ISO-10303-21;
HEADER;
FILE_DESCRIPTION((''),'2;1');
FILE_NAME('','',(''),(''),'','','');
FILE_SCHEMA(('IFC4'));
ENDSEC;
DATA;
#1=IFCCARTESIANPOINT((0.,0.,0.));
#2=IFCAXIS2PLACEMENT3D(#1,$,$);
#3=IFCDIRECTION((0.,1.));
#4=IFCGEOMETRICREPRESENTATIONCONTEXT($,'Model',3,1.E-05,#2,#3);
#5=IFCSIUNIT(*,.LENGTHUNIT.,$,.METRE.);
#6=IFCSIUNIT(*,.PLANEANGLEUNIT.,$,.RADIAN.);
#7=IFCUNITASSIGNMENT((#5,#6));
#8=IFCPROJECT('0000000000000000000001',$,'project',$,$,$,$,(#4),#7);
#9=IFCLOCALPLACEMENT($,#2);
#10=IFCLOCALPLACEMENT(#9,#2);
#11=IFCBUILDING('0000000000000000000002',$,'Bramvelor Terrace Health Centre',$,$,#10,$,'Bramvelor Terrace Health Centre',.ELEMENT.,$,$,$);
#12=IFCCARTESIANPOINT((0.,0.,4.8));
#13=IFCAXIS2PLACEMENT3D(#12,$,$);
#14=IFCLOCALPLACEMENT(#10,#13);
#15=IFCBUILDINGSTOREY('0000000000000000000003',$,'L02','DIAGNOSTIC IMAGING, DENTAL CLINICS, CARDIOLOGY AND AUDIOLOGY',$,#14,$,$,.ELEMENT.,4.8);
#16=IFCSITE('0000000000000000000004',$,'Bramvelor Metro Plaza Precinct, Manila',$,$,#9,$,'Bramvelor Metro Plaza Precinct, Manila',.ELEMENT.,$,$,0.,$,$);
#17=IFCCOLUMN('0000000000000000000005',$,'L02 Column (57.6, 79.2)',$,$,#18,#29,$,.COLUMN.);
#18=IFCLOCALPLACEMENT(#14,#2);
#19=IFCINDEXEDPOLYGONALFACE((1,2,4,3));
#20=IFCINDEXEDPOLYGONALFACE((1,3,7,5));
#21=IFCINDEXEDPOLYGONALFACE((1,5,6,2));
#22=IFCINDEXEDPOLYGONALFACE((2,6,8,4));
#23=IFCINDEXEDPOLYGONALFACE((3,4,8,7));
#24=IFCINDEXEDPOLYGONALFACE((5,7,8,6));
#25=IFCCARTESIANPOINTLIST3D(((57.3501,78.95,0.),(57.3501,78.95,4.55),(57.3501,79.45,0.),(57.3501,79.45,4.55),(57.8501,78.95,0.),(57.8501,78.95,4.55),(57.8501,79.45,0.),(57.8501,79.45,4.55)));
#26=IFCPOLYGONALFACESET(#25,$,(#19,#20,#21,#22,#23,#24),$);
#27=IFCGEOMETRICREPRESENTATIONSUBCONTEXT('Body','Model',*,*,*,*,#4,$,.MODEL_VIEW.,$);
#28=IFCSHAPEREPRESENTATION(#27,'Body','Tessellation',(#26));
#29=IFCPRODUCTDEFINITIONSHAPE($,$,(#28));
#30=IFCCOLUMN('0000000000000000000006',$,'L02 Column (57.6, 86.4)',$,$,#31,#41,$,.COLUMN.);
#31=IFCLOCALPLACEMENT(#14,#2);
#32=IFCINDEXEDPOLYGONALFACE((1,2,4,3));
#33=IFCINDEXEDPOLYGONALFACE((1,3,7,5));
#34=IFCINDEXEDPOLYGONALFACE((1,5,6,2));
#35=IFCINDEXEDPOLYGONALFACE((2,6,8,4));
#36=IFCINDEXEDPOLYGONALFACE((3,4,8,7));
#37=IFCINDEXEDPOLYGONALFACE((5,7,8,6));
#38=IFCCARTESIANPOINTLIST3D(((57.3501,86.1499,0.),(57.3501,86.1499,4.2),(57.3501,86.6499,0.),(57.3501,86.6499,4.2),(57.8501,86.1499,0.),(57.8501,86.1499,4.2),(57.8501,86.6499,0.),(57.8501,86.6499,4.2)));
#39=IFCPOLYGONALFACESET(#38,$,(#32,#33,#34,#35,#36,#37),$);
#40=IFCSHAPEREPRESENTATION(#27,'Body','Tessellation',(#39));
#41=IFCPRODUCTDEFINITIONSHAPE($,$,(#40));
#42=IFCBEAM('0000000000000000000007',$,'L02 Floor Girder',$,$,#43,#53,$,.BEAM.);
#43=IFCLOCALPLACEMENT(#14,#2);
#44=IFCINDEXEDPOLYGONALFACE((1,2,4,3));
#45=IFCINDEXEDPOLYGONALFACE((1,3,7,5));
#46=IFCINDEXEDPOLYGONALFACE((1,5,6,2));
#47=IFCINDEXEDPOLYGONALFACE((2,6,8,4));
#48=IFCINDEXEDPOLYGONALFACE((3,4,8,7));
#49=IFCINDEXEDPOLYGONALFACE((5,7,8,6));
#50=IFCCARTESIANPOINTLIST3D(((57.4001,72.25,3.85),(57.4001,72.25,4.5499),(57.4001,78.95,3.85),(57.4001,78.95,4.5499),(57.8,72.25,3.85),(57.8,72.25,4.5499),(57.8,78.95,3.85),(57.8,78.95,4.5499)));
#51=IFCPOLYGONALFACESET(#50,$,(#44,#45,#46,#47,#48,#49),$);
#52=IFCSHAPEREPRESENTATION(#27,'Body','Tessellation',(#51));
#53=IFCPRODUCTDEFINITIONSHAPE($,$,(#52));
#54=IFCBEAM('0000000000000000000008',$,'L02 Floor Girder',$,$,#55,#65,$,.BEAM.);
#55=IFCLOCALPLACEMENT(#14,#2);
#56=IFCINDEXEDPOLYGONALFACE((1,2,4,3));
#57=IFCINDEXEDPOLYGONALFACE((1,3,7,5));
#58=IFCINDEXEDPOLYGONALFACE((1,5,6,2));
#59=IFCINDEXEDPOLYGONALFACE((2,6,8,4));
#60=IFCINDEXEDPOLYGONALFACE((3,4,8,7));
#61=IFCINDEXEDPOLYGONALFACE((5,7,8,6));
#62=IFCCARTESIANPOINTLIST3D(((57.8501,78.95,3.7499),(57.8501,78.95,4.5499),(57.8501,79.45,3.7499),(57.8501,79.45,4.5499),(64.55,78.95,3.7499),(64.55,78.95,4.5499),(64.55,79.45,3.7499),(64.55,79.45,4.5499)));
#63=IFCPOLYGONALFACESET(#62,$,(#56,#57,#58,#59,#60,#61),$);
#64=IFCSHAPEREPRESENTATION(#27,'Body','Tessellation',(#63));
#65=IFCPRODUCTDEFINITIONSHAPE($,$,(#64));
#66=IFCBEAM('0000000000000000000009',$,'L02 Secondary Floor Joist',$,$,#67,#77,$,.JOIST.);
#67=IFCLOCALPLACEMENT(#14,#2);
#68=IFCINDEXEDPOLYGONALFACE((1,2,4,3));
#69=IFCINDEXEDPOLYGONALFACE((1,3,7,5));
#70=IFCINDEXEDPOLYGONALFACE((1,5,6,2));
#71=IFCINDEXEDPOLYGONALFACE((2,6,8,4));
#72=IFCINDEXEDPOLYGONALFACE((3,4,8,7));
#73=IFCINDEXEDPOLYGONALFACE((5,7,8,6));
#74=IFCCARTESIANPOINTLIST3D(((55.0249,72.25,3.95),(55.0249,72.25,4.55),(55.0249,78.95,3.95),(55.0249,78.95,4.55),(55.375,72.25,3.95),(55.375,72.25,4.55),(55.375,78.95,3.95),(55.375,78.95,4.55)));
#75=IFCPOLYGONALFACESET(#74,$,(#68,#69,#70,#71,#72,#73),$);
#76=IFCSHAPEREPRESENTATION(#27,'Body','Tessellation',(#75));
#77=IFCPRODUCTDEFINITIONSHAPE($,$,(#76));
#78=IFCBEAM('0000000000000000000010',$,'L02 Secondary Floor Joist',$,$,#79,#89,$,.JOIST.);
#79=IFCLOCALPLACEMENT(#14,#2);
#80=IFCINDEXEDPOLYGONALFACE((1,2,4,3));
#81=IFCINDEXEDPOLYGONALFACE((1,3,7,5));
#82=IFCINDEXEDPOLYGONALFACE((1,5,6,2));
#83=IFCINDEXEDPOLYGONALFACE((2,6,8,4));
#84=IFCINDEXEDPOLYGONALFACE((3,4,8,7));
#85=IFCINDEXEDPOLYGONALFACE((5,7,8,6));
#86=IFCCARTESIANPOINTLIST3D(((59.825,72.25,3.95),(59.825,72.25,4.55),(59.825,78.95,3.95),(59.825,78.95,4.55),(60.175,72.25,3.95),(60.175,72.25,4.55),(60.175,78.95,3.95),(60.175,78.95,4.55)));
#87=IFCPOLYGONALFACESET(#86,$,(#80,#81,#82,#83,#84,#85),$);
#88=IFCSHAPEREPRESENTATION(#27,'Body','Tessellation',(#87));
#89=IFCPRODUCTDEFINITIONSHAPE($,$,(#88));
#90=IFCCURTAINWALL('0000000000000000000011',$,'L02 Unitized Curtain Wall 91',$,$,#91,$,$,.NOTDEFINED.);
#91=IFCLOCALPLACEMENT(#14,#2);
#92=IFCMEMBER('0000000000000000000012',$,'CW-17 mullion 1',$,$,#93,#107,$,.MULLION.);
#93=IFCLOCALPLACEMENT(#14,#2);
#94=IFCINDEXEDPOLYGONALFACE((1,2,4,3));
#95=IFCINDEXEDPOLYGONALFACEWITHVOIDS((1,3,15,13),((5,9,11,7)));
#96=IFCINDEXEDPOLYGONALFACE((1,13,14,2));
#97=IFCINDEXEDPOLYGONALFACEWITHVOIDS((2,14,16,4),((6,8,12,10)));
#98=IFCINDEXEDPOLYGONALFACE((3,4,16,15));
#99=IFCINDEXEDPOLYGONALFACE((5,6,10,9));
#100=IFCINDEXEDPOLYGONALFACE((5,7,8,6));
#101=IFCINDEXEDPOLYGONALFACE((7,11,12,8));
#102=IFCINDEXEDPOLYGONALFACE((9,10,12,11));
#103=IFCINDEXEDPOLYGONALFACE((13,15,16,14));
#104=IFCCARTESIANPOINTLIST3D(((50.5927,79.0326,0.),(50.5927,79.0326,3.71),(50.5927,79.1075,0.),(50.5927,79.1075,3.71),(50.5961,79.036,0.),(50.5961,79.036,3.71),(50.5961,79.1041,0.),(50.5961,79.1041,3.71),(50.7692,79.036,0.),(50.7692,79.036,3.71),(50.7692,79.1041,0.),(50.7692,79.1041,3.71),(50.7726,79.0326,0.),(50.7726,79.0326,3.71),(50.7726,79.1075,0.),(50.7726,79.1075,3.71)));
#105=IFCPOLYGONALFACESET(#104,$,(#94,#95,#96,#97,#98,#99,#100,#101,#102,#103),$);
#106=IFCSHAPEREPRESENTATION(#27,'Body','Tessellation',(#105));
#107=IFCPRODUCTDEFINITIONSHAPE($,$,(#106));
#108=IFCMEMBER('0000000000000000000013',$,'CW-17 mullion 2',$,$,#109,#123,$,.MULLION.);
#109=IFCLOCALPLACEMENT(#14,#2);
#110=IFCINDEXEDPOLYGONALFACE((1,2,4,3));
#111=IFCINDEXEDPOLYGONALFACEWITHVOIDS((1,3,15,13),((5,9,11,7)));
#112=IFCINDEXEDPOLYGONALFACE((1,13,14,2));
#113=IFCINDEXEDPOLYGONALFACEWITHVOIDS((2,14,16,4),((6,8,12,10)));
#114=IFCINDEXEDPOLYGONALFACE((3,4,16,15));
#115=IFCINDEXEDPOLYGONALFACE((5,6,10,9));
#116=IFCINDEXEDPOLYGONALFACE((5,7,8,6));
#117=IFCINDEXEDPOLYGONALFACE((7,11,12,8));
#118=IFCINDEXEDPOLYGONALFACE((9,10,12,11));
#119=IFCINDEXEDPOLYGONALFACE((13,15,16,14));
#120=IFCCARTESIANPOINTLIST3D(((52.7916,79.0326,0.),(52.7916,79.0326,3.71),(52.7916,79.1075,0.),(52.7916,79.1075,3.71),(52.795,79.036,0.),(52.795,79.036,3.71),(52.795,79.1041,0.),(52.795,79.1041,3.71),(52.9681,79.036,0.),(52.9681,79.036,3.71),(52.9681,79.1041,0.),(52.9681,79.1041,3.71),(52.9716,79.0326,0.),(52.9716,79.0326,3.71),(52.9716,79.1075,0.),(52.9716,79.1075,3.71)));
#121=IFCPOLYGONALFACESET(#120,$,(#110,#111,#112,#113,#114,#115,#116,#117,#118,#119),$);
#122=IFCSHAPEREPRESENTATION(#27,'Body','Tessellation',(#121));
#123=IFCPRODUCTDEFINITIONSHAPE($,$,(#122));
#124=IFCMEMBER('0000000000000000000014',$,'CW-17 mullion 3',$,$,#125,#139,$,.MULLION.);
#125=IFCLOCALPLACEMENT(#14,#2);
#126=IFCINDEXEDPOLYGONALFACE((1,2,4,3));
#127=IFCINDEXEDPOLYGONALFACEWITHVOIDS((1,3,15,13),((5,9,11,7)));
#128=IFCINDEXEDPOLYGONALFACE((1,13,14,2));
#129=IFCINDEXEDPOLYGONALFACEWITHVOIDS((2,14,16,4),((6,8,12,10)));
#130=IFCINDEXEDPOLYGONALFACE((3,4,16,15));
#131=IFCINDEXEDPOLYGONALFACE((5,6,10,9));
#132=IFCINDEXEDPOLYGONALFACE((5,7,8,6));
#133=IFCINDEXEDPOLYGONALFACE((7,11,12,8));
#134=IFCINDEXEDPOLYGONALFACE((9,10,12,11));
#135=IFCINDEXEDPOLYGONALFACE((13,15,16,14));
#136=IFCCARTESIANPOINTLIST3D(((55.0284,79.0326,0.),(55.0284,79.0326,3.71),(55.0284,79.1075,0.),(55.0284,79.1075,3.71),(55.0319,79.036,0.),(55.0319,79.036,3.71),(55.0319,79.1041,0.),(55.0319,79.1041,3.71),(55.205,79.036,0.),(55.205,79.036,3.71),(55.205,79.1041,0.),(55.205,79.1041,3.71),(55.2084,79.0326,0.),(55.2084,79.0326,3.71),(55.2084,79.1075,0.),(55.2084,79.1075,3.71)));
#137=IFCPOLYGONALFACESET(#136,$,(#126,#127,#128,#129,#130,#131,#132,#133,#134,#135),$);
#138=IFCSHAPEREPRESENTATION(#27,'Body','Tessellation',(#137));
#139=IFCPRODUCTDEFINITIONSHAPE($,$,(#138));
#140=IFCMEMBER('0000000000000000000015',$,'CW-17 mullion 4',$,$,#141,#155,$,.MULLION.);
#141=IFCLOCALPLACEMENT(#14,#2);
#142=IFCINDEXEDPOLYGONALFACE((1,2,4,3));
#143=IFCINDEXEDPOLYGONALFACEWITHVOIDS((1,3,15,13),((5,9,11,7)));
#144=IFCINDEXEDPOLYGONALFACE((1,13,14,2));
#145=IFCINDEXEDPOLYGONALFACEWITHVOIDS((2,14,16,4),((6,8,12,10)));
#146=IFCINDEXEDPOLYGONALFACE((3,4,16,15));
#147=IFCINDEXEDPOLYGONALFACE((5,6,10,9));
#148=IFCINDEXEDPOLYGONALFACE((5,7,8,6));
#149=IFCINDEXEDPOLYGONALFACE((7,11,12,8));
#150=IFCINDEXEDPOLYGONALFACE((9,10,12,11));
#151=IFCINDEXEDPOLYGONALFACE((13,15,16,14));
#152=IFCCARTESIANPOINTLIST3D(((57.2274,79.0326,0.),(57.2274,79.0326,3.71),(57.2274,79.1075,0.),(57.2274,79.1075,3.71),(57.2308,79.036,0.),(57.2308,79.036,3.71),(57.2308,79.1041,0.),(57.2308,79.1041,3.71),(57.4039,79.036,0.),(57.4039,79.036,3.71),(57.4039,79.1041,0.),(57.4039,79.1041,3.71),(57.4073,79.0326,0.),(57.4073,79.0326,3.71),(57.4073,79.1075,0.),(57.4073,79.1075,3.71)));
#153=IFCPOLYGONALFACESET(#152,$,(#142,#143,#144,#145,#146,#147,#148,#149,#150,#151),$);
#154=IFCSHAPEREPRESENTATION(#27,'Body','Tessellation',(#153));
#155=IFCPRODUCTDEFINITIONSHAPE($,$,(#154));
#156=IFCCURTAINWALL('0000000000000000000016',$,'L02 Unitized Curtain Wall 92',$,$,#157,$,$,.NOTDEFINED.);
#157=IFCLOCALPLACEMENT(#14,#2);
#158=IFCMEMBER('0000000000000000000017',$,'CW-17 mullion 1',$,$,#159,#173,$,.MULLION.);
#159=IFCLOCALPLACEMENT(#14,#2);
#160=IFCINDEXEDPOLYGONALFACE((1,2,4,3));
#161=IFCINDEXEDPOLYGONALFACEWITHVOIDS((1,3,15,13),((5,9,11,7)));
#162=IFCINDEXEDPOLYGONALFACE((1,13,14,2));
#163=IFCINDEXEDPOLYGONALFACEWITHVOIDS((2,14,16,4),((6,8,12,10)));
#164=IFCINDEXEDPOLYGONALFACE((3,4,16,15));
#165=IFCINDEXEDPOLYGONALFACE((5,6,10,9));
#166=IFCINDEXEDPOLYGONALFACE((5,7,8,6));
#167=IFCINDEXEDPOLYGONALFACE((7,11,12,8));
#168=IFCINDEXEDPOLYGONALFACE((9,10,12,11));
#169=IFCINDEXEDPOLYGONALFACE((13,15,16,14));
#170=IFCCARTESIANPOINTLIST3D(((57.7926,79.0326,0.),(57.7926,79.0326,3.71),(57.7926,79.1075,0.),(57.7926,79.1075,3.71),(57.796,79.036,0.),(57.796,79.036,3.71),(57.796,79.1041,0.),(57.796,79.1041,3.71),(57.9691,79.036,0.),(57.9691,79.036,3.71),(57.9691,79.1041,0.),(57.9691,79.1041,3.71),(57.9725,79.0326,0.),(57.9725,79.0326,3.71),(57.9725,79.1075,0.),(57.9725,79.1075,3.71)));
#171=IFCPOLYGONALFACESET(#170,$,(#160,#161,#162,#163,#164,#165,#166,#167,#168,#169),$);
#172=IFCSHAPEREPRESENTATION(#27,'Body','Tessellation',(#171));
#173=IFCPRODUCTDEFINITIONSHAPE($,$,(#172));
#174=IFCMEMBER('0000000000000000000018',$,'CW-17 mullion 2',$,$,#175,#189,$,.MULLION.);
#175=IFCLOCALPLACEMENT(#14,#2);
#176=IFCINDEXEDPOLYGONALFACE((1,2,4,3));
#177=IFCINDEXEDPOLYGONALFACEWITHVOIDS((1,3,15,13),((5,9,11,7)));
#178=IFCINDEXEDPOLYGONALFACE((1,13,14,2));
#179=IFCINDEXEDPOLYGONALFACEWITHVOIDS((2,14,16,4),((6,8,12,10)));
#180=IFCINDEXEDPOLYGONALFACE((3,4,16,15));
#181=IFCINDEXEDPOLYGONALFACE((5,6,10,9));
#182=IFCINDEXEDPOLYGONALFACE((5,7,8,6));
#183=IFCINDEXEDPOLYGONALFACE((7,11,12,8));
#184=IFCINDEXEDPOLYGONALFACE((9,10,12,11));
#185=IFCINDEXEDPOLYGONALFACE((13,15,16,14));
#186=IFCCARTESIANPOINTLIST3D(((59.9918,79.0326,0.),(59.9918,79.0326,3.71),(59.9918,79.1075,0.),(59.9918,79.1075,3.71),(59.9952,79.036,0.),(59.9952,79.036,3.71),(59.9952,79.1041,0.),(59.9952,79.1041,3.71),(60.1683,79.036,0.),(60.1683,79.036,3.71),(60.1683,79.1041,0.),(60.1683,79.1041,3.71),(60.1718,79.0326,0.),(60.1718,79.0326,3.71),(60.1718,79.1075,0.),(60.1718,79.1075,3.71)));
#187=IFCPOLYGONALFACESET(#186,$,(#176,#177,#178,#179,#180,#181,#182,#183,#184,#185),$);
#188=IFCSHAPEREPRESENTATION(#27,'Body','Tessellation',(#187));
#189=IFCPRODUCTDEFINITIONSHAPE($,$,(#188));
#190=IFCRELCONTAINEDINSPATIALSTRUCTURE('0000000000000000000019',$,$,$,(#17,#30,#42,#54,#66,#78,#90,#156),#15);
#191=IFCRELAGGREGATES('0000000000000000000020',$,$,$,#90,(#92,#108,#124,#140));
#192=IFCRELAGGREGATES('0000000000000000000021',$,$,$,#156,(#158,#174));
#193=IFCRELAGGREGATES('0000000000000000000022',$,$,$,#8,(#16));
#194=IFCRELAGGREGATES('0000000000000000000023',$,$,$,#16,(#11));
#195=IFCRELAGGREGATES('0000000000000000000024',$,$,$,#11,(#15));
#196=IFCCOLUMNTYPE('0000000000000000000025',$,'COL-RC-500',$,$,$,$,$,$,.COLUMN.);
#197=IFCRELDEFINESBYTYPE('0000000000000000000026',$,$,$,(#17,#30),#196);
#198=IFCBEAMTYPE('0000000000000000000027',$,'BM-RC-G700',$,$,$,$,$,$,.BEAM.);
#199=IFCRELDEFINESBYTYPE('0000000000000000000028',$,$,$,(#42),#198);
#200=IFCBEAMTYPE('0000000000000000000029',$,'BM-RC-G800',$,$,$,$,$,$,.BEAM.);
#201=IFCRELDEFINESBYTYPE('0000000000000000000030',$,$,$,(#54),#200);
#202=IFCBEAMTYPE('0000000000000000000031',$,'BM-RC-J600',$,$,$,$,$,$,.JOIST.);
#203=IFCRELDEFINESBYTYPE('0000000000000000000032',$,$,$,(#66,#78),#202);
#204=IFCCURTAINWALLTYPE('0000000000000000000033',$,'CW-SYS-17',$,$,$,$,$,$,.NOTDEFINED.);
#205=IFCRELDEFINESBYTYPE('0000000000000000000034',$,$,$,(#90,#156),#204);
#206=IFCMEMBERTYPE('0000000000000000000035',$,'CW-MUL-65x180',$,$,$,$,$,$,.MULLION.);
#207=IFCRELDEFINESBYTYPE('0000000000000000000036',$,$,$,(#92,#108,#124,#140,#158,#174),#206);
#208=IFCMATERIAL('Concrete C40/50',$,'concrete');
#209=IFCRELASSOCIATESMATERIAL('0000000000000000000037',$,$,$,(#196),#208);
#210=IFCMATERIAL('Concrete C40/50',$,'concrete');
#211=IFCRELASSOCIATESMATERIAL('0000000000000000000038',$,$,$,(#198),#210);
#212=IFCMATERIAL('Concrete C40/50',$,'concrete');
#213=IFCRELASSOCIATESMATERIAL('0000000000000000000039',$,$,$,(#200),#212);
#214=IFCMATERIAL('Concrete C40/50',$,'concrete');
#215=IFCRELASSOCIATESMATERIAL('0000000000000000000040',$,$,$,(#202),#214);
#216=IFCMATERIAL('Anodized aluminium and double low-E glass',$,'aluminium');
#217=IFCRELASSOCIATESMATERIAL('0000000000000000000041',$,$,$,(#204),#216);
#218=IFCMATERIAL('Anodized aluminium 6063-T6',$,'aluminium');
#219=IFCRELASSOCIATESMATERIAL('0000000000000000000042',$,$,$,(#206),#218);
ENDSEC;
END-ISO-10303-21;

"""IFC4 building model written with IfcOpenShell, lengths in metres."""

from ifc_helpers import new_model, si_unit, direction, frame, origin, origin_2d, place, context, subcontext, project, spatial, rectangle, hollow_rectangle, extrude, material, material_profile, profile_set, type_object, element, aggregate, save


model = new_model("IFC4")

# Units and contexts
model_context = context("Model", 3, precision=1e-05, world=origin(), true_north=direction((0.0, 1.0)))
body_context = subcontext(model_context, "Body", "Model", "MODEL_VIEW")
ifc_project = project(units=[si_unit("LENGTHUNIT", "METRE"), si_unit("PLANEANGLEUNIT", "RADIAN")], contexts=[model_context])

# Site, building, storey
site_placement = place(None, origin())
site = spatial("IfcSite", under=ifc_project, at=site_placement, Name="Bramvelor Metro Plaza Precinct, Manila", LongName="Bramvelor Metro Plaza Precinct, Manila", CompositionType="ELEMENT", RefElevation=0.0)
building_placement = place(site_placement, origin())
building = spatial("IfcBuilding", under=site, at=building_placement, Name="Bramvelor Terrace Health Centre", LongName="Bramvelor Terrace Health Centre", CompositionType="ELEMENT")
storey_placement = place(building_placement, frame((0.0, 0.0, 4.8)))
storey = spatial("IfcBuildingStorey", under=building, at=storey_placement, Name="L02", Description="DIAGNOSTIC IMAGING, DENTAL CLINICS, CARDIOLOGY AND AUDIOLOGY", CompositionType="ELEMENT", Elevation=4.8)

# Columns
ifc_material_1 = material(Name="Concrete C40/50", Category="concrete")
ifc_material_profile_1 = material_profile(ifc_material_1, rectangle(XDim=0.5, YDim=0.5, at=origin_2d()), Name="RC 500x500")
ifc_profile_set_1 = profile_set([ifc_material_profile_1], Name="Concrete C40/50")
column_type = type_object("IfcColumnType", Name="COL-RC-500", PredefinedType="COLUMN", material=ifc_profile_set_1)
column_1_placement = place(storey_placement, frame((57.6001, 79.2, 0.0), z_axis=(0.0, 0.0, 1.0), x_axis=(1.0, 0.0, 0.0)))
element("IfcColumn", 1, at=column_1_placement, inside=storey, type_object=column_type, Name="L02 Column (57.6, 79.2)", PredefinedType="COLUMN", context=body_context, shape_type="SweptSolid", body=[
    extrude(rectangle(XDim=0.5, YDim=0.5, at=origin_2d()), origin(), (0.0, 0.0, 1.0), 4.55),
])
column_2_placement = place(storey_placement, frame((57.6001, 86.3999, 0.0), z_axis=(0.0, 0.0, 1.0), x_axis=(1.0, 0.0, 0.0)))
element("IfcColumn", 2, at=column_2_placement, inside=storey, type_object=column_type, Name="L02 Column (57.6, 86.4)", PredefinedType="COLUMN", context=body_context, shape_type="SweptSolid", body=[
    extrude(rectangle(XDim=0.5, YDim=0.5, at=origin_2d()), origin(), (0.0, 0.0, 1.0), 4.2),
])

# Beams
ifc_material_2 = material(Name="Concrete C40/50", Category="concrete")
ifc_material_profile_2 = material_profile(ifc_material_2, rectangle(XDim=0.3999, YDim=0.7, at=origin_2d()), Name="RC 400x700")
ifc_profile_set_2 = profile_set([ifc_material_profile_2], Name="Concrete C40/50")
beam_type_1 = type_object("IfcBeamType", Name="BM-RC-G700", PredefinedType="BEAM", material=ifc_profile_set_2)
beam_1_placement = place(storey_placement, frame((57.6001, 72.25, 4.2), z_axis=(0.0, 1.0, 0.0), x_axis=(-1.0, 0.0, 0.0)))
element("IfcBeam", 3, at=beam_1_placement, inside=storey, type_object=beam_type_1, Name="L02 Floor Girder", PredefinedType="BEAM", context=body_context, shape_type="SweptSolid", body=[
    extrude(rectangle(XDim=0.3999, YDim=0.7, at=origin_2d()), origin(), (0.0, 0.0, 1.0), 6.7),
])
ifc_material_3 = material(Name="Concrete C40/50", Category="concrete")
ifc_material_profile_3 = material_profile(ifc_material_3, rectangle(XDim=0.5, YDim=0.8, at=origin_2d()), Name="RC 500x800")
ifc_profile_set_3 = profile_set([ifc_material_profile_3], Name="Concrete C40/50")
beam_type_2 = type_object("IfcBeamType", Name="BM-RC-G800", PredefinedType="BEAM", material=ifc_profile_set_3)
beam_2_placement = place(storey_placement, frame((57.8501, 79.2, 4.1499), z_axis=(1.0, 0.0, 0.0), x_axis=(0.0, 1.0, 0.0)))
element("IfcBeam", 4, at=beam_2_placement, inside=storey, type_object=beam_type_2, Name="L02 Floor Girder", PredefinedType="BEAM", context=body_context, shape_type="SweptSolid", body=[
    extrude(rectangle(XDim=0.5, YDim=0.8, at=origin_2d()), origin(), (0.0, 0.0, 1.0), 6.7),
])
ifc_material_4 = material(Name="Concrete C40/50", Category="concrete")
ifc_material_profile_4 = material_profile(ifc_material_4, rectangle(XDim=0.3501, YDim=0.6001, at=origin_2d()), Name="RC 350x600")
ifc_profile_set_4 = profile_set([ifc_material_profile_4], Name="Concrete C40/50")
beam_type_3 = type_object("IfcBeamType", Name="BM-RC-J600", PredefinedType="JOIST", material=ifc_profile_set_4)
for number, where, z_axis, x_axis, name in (
    (5, (55.2, 72.25, 4.25), (0.0, 1.0, 0.0), (-1.0, 0.0, 0.0), "L02 Secondary Floor Joist"),
    (6, (60.0, 72.25, 4.25), (0.0, 1.0, 0.0), (-1.0, 0.0, 0.0), "L02 Secondary Floor Joist"),
):
    element("IfcBeam", number, at=place(storey_placement, frame(where, z_axis=z_axis, x_axis=x_axis)), inside=storey, type_object=beam_type_3, Name=name, PredefinedType="JOIST", context=body_context, shape_type="SweptSolid", body=[
        extrude(rectangle(XDim=0.3501, YDim=0.6001, at=origin_2d()), origin(), (0.0, 0.0, 1.0), 6.7),
    ])

# Curtain walls, members
ifc_material_5 = material(Name="Anodized aluminium and double low-E glass", Category="aluminium")
curtain_wall_type = type_object("IfcCurtainWallType", Name="CW-SYS-17", PredefinedType="NOTDEFINED", material=ifc_material_5)
curtain_wall_1_placement = place(storey_placement, origin())
curtain_wall_1 = element("IfcCurtainWall", 7, at=curtain_wall_1_placement, inside=storey, type_object=curtain_wall_type, Name="L02 Unitized Curtain Wall 91", PredefinedType="NOTDEFINED")
ifc_material_6 = material(Name="Anodized aluminium 6063-T6", Category="aluminium")
ifc_material_profile_5 = material_profile(ifc_material_6, hollow_rectangle(XDim=0.075, YDim=0.1799, WallThickness=0.0034, at=origin_2d()), Name="ALU-MUL 75x180x3.5")
ifc_profile_set_5 = profile_set([ifc_material_profile_5], Name="Anodized aluminium 6063-T6")
member_type_1 = type_object("IfcMemberType", Name="CW-MUL-65x180", PredefinedType="MULLION", material=ifc_profile_set_5)
member_1_placement = place(storey_placement, frame((50.6826, 79.0701, 0.0), z_axis=(0.0, 0.0, 1.0), x_axis=(0.0, 1.0, 0.0)))
member_1 = element("IfcMember", 8, at=member_1_placement, type_object=member_type_1, Name="CW-17 mullion 1", PredefinedType="MULLION", context=body_context, shape_type="SweptSolid", body=[
    extrude(hollow_rectangle(XDim=0.075, YDim=0.1799, WallThickness=0.0034, at=origin_2d()), origin(), (0.0, 0.0, 1.0), 3.71),
])
member_2_placement = place(storey_placement, frame((52.8816, 79.0701, 0.0), z_axis=(0.0, 0.0, 1.0), x_axis=(0.0, 1.0, 0.0)))
member_2 = element("IfcMember", 9, at=member_2_placement, type_object=member_type_1, Name="CW-17 mullion 2", PredefinedType="MULLION", context=body_context, shape_type="SweptSolid", body=[
    extrude(hollow_rectangle(XDim=0.075, YDim=0.1799, WallThickness=0.0034, at=origin_2d()), origin(), (0.0, 0.0, 1.0), 3.71),
])
member_3_placement = place(storey_placement, frame((55.1184, 79.0701, 0.0), z_axis=(0.0, 0.0, 1.0), x_axis=(0.0, 1.0, 0.0)))
member_3 = element("IfcMember", 10, at=member_3_placement, type_object=member_type_1, Name="CW-17 mullion 3", PredefinedType="MULLION", context=body_context, shape_type="SweptSolid", body=[
    extrude(hollow_rectangle(XDim=0.075, YDim=0.1799, WallThickness=0.0034, at=origin_2d()), origin(), (0.0, 0.0, 1.0), 3.71),
])
member_4_placement = place(storey_placement, frame((57.3174, 79.0701, 0.0), z_axis=(0.0, 0.0, 1.0), x_axis=(0.0, 1.0, 0.0)))
member_4 = element("IfcMember", 11, at=member_4_placement, type_object=member_type_1, Name="CW-17 mullion 4", PredefinedType="MULLION", context=body_context, shape_type="SweptSolid", body=[
    extrude(hollow_rectangle(XDim=0.075, YDim=0.1799, WallThickness=0.0034, at=origin_2d()), origin(), (0.0, 0.0, 1.0), 3.71),
])
curtain_wall_2_placement = place(storey_placement, origin())
curtain_wall_2 = element("IfcCurtainWall", 12, at=curtain_wall_2_placement, inside=storey, type_object=curtain_wall_type, Name="L02 Unitized Curtain Wall 92", PredefinedType="NOTDEFINED")
member_5_placement = place(storey_placement, frame((57.8826, 79.0701, 0.0), z_axis=(0.0, 0.0, 1.0), x_axis=(0.0, 1.0, 0.0)))
member_5 = element("IfcMember", 13, at=member_5_placement, type_object=member_type_1, Name="CW-17 mullion 1", PredefinedType="MULLION", context=body_context, shape_type="SweptSolid", body=[
    extrude(hollow_rectangle(XDim=0.075, YDim=0.1799, WallThickness=0.0034, at=origin_2d()), origin(), (0.0, 0.0, 1.0), 3.71),
])
member_6_placement = place(storey_placement, frame((60.0818, 79.0701, 0.0), z_axis=(0.0, 0.0, 1.0), x_axis=(0.0, 1.0, 0.0)))
member_6 = element("IfcMember", 14, at=member_6_placement, type_object=member_type_1, Name="CW-17 mullion 2", PredefinedType="MULLION", context=body_context, shape_type="SweptSolid", body=[
    extrude(hollow_rectangle(XDim=0.075, YDim=0.1799, WallThickness=0.0034, at=origin_2d()), origin(), (0.0, 0.0, 1.0), 3.71),
])

aggregate(curtain_wall_1, [member_1, member_2, member_3, member_4])
aggregate(curtain_wall_2, [member_5, member_6])

save(model, "model.ifc")
